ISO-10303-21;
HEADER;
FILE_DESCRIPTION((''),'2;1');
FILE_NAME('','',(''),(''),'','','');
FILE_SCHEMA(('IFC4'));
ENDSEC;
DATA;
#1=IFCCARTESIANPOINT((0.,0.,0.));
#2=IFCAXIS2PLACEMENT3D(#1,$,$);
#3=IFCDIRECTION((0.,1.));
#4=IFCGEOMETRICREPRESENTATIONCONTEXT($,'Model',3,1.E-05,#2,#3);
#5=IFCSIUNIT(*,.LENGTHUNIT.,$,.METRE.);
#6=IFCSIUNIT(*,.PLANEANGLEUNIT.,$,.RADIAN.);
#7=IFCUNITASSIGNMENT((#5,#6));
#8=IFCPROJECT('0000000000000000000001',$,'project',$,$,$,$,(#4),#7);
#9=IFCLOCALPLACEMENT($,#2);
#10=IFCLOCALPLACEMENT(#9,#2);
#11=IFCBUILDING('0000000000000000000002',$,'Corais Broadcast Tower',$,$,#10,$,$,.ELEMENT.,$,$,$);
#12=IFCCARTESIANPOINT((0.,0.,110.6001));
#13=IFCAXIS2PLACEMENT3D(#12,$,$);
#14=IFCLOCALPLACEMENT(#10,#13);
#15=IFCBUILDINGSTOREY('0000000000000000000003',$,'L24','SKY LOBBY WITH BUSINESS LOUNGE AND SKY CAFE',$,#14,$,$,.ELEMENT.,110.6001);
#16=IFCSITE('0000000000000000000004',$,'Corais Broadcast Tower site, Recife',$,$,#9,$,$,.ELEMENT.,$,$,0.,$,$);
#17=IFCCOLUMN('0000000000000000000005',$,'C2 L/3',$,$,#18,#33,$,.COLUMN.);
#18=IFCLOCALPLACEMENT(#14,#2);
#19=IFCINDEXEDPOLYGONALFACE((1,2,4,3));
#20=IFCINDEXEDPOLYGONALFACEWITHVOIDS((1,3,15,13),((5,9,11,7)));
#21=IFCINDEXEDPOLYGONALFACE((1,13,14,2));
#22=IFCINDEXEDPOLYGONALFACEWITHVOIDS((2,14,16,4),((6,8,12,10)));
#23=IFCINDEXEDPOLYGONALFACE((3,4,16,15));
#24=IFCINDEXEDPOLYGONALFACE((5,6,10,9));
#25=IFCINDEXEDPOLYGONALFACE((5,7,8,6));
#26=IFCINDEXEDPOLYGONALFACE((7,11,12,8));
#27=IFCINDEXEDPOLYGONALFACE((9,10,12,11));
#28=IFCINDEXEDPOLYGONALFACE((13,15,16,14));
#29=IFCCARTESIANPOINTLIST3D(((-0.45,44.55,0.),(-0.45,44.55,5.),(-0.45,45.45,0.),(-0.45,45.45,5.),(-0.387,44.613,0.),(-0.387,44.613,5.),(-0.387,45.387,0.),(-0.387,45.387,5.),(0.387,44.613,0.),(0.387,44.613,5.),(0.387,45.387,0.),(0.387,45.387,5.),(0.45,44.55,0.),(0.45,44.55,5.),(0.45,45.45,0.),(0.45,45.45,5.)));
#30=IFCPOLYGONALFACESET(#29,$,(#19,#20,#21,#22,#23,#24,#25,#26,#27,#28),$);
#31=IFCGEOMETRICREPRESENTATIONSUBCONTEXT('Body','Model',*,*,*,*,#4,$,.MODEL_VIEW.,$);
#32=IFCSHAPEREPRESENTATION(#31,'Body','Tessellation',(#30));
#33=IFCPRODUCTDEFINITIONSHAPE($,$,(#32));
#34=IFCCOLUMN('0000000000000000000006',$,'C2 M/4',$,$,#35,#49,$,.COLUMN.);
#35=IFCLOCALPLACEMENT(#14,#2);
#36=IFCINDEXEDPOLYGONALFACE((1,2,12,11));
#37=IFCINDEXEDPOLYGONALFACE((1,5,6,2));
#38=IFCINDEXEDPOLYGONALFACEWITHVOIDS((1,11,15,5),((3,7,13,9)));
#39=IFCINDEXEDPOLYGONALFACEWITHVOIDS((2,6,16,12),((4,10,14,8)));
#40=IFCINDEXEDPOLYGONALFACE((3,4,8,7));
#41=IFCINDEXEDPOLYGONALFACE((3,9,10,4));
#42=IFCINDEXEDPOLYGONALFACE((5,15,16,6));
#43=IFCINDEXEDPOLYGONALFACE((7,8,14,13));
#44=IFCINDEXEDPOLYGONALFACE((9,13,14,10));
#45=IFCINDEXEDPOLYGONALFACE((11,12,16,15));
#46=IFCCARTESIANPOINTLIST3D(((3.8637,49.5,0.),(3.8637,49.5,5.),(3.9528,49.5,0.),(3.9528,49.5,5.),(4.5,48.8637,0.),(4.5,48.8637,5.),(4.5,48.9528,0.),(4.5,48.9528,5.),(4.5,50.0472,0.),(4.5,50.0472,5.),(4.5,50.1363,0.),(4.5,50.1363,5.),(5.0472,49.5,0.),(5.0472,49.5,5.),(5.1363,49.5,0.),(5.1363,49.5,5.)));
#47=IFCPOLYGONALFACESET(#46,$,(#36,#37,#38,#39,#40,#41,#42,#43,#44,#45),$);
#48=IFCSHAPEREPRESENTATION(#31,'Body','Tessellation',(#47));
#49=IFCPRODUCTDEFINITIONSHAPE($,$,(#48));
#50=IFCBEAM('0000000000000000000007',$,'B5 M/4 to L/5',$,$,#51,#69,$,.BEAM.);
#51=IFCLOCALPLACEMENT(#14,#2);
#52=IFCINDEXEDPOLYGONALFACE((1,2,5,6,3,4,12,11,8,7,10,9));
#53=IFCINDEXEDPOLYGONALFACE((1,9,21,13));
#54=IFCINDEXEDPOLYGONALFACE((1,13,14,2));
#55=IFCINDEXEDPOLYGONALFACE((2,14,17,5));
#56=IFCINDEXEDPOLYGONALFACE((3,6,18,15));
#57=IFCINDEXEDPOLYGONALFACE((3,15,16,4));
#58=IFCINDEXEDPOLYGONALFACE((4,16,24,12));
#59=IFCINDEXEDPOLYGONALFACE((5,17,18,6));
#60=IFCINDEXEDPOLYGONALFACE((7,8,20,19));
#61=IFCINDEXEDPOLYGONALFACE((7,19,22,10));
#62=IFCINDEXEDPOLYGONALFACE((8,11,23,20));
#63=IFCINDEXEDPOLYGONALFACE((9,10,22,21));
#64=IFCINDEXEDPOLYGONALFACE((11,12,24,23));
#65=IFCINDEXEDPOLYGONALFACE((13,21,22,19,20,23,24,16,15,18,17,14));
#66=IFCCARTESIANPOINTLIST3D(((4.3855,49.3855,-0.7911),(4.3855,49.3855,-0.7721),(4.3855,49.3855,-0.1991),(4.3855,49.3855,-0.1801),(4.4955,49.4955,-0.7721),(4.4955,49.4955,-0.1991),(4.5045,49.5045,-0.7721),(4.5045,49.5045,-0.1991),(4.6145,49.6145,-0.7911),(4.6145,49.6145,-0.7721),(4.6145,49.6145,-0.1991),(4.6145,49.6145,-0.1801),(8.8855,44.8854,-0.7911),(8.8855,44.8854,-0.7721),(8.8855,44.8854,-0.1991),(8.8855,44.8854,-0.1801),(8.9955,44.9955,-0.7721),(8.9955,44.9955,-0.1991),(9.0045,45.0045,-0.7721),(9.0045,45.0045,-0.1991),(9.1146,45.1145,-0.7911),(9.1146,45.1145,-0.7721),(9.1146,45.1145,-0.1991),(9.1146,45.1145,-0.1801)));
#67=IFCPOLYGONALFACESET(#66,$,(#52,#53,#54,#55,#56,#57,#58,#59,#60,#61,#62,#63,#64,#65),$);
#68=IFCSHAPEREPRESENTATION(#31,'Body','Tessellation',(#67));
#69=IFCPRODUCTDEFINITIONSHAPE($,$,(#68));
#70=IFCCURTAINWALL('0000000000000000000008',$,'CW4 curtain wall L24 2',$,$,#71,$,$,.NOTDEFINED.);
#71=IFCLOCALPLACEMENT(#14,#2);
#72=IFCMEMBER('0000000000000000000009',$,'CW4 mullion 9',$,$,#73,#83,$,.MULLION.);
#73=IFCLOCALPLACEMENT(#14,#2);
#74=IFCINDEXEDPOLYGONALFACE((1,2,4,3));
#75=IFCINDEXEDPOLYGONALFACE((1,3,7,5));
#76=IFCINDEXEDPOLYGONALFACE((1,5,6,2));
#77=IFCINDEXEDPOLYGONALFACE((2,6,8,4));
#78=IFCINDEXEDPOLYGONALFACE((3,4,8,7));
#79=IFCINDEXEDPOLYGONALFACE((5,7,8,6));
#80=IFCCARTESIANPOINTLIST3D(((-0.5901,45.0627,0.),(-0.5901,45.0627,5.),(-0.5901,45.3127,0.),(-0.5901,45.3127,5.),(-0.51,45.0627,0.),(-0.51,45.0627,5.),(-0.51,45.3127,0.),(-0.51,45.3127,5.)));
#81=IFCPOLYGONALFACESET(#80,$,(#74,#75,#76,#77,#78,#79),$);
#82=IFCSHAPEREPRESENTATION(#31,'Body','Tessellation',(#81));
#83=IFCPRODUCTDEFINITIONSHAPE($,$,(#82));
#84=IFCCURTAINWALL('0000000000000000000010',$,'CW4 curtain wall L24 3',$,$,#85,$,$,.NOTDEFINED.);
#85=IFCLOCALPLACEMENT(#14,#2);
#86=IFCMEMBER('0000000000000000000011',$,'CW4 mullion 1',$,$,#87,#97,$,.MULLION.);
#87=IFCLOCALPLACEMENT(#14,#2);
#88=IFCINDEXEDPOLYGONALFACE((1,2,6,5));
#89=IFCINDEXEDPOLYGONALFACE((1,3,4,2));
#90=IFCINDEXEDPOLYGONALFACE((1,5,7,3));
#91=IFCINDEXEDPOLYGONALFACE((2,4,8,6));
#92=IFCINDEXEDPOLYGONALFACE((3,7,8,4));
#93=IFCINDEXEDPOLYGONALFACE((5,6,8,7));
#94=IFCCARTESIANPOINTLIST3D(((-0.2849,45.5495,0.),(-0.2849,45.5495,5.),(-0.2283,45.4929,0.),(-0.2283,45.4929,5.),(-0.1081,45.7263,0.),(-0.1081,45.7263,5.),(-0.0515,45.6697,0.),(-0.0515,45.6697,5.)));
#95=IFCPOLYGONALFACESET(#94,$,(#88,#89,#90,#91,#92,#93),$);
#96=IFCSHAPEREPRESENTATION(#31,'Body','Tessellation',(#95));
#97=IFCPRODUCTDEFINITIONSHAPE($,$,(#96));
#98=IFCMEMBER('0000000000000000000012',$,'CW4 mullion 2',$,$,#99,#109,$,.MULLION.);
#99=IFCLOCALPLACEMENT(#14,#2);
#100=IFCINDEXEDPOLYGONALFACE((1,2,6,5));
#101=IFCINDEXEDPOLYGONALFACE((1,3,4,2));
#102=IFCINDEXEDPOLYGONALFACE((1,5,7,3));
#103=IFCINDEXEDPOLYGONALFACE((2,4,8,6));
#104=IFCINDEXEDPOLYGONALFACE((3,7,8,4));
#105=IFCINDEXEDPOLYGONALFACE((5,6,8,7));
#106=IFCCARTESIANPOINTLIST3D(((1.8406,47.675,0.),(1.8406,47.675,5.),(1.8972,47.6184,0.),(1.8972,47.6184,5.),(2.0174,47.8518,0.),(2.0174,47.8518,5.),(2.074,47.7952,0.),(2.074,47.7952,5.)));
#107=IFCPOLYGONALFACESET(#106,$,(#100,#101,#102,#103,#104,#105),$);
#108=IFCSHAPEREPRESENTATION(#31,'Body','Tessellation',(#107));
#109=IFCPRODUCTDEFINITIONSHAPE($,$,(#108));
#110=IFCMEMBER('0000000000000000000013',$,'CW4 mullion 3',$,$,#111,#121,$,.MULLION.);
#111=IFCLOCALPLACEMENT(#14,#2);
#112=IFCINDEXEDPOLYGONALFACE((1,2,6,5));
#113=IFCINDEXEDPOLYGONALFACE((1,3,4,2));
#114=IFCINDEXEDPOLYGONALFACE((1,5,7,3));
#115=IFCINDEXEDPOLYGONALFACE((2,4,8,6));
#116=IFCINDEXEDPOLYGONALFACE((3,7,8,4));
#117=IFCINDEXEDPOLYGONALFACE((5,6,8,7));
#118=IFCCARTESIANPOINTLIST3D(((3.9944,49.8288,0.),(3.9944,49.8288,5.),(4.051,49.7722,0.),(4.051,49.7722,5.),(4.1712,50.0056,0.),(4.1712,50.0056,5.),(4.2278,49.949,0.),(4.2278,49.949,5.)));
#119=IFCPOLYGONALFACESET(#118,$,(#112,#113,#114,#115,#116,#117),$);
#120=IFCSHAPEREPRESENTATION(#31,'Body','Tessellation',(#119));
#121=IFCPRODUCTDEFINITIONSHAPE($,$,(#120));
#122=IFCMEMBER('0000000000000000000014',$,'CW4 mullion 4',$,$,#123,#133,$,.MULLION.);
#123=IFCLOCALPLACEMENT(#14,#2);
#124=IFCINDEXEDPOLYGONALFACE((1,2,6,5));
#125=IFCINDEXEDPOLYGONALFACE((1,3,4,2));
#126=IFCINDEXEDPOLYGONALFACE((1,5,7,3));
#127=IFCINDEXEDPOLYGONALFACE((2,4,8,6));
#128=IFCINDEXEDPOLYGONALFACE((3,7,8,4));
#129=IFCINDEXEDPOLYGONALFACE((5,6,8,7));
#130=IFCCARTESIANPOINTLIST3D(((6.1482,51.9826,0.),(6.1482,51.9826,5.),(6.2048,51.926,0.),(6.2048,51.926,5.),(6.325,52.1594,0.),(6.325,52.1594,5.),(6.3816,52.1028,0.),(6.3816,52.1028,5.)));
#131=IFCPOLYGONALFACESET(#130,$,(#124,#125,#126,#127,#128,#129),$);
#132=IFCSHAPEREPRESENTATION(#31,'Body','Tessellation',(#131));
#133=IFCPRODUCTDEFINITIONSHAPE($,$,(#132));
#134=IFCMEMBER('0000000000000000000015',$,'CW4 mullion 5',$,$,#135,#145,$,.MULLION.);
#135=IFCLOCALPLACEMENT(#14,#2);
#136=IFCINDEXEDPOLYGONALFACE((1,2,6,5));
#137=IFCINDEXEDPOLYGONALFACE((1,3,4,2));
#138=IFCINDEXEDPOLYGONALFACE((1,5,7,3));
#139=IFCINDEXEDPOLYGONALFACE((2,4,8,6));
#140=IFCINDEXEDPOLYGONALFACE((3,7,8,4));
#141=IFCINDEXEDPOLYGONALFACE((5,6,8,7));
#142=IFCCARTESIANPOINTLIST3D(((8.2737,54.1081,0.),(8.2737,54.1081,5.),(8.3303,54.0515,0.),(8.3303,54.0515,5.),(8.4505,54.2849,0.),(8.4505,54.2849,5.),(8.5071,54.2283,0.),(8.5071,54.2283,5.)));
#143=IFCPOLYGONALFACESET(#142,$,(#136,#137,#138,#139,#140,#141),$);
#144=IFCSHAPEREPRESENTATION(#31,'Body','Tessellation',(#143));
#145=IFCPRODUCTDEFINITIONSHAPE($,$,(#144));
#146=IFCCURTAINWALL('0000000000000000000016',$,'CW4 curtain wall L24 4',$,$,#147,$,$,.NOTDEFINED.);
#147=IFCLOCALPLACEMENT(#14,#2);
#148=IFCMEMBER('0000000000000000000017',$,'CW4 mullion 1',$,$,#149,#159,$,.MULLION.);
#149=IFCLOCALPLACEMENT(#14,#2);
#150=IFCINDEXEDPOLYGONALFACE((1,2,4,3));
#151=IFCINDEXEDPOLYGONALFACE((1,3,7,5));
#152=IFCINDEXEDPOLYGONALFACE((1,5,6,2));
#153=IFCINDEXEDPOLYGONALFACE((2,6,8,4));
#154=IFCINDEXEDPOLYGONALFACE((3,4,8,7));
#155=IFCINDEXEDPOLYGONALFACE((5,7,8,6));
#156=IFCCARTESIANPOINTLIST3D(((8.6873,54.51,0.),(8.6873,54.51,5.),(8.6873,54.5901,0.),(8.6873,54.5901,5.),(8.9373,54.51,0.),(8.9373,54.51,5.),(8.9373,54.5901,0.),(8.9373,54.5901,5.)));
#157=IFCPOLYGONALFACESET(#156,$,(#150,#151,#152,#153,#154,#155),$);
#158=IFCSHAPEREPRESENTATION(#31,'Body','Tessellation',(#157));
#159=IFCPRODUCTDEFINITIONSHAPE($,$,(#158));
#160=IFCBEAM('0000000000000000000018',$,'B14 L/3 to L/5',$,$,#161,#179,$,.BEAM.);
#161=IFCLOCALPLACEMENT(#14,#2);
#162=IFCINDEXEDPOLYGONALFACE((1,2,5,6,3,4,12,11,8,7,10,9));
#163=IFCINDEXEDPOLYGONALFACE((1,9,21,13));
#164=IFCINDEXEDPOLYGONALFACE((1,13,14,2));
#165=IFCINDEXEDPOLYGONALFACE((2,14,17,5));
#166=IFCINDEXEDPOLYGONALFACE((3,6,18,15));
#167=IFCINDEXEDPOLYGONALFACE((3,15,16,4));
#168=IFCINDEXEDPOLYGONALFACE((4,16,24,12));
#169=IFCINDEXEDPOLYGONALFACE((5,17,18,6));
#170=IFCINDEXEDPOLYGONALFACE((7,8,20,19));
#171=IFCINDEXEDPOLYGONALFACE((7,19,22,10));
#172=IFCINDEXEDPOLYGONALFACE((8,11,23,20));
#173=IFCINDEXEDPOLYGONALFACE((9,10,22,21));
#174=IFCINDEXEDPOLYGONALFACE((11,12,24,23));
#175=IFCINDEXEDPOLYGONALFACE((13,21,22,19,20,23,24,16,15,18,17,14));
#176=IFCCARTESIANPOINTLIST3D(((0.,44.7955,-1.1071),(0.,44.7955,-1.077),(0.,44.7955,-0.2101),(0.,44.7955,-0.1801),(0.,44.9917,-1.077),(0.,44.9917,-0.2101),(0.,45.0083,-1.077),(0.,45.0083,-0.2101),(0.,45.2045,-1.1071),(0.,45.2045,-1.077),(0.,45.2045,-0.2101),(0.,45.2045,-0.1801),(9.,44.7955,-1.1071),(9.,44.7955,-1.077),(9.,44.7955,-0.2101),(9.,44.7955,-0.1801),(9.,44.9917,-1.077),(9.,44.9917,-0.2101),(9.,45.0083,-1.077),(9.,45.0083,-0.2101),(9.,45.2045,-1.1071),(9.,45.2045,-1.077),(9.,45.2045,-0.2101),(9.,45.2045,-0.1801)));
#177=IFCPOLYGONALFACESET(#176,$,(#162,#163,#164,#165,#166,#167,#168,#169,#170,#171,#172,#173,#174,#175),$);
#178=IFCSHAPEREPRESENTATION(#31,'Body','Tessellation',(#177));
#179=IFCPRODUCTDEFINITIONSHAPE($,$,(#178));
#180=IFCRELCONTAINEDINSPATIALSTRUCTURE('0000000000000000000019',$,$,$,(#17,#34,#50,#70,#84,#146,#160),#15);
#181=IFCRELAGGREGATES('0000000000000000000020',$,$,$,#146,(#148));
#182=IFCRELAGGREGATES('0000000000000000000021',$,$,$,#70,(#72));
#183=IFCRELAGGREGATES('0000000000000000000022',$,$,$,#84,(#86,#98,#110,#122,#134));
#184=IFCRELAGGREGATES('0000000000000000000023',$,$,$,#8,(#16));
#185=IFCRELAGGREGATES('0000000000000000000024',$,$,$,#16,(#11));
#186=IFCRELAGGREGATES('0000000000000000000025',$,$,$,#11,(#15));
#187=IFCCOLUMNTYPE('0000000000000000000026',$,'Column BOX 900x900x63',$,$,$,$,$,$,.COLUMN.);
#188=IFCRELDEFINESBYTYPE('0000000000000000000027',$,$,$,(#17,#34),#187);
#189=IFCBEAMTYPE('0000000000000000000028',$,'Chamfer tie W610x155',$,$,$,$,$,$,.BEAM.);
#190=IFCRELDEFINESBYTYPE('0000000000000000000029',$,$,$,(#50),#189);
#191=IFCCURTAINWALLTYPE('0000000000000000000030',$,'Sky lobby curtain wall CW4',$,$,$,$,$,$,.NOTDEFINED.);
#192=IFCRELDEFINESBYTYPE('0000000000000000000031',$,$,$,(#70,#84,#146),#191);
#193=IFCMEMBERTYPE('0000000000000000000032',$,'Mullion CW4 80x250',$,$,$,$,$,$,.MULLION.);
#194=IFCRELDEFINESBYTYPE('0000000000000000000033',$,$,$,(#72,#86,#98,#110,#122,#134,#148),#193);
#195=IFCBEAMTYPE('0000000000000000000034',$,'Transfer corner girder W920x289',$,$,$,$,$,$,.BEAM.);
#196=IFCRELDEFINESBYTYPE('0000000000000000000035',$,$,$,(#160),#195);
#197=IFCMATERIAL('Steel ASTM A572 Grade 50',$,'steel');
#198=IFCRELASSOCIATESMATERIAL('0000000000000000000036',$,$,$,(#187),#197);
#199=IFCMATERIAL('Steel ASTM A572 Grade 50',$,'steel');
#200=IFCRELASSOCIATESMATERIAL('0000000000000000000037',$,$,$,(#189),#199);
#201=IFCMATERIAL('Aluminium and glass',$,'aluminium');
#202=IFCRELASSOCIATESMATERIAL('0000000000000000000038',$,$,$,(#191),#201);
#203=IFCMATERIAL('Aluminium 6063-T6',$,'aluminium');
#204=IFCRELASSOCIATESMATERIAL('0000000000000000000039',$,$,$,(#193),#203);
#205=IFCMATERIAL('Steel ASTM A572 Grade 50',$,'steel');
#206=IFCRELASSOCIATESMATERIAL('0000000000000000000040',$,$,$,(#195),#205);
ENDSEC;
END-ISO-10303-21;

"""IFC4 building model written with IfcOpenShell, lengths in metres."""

from ifc_helpers import new_model, si_unit, direction, frame, origin, origin_2d, place, context, subcontext, project, spatial, rectangle, hollow_rectangle, i_section, extrude, material, material_profile, profile_set, type_object, element, aggregate, save


model = new_model("IFC4")

# Units and contexts
model_context = context("Model", 3, precision=1e-05, world=origin(), true_north=direction((0.0, 1.0)))
body_context = subcontext(model_context, "Body", "Model", "MODEL_VIEW")
ifc_project = project(units=[si_unit("LENGTHUNIT", "METRE"), si_unit("PLANEANGLEUNIT", "RADIAN")], contexts=[model_context])

# Site, building, storey
site_placement = place(None, origin())
site = spatial("IfcSite", under=ifc_project, at=site_placement, Name="Corais Broadcast Tower site, Recife", CompositionType="ELEMENT", RefElevation=0.0)
building_placement = place(site_placement, origin())
building = spatial("IfcBuilding", under=site, at=building_placement, Name="Corais Broadcast Tower", CompositionType="ELEMENT")
storey_placement = place(building_placement, frame((0.0, 0.0, 110.6001)))
storey = spatial("IfcBuildingStorey", under=building, at=storey_placement, Name="L24", Description="SKY LOBBY WITH BUSINESS LOUNGE AND SKY CAFE", CompositionType="ELEMENT", Elevation=110.6001)

# Columns
ifc_material_1 = material(Name="Steel ASTM A572 Grade 50", Category="steel")
ifc_material_profile_1 = material_profile(ifc_material_1, hollow_rectangle(XDim=0.8999, YDim=0.8999, WallThickness=0.063, at=origin_2d()), Name="BOX 900x900x63")
ifc_profile_set_1 = profile_set([ifc_material_profile_1], Name="Steel ASTM A572 Grade 50")
column_type = type_object("IfcColumnType", Name="Column BOX 900x900x63", PredefinedType="COLUMN", material=ifc_profile_set_1)
for number, where, z_axis, x_axis, name in (
    (1, (0.0, 45.0, 0.0), (0.0, 0.0, 1.0), (1.0, 0.0, 0.0), "C2 L/3"),
    (2, (4.5, 49.5, 0.0), (0.0, 0.0, 1.0), (0.707107, 0.707107, 0.0), "C2 M/4"),
):
    element("IfcColumn", number, at=place(storey_placement, frame(where, z_axis=z_axis, x_axis=x_axis)), inside=storey, type_object=column_type, Name=name, PredefinedType="COLUMN", context=body_context, shape_type="SweptSolid", body=[
        extrude(hollow_rectangle(XDim=0.8999, YDim=0.8999, WallThickness=0.063, at=origin_2d()), origin(), (0.0, 0.0, 1.0), 5.0),
    ])

# Beam
ifc_material_2 = material(Name="Steel ASTM A572 Grade 50", Category="steel")
ifc_material_profile_2 = material_profile(ifc_material_2, i_section(OverallWidth=0.324, OverallDepth=0.6111, WebThickness=0.0127, FlangeThickness=0.019, at=origin_2d()), Name="W610x155")
ifc_profile_set_2 = profile_set([ifc_material_profile_2], Name="Steel ASTM A572 Grade 50")
beam_type_1 = type_object("IfcBeamType", Name="Chamfer tie W610x155", PredefinedType="BEAM", material=ifc_profile_set_2)
beam_1_placement = place(storey_placement, frame((4.5, 49.5, -0.4856), z_axis=(0.707107, -0.707107, 0.0), x_axis=(0.707107, 0.707107, 0.0)))
element("IfcBeam", 3, at=beam_1_placement, inside=storey, type_object=beam_type_1, Name="B5 M/4 to L/5", PredefinedType="BEAM", context=body_context, shape_type="SweptSolid", body=[
    extrude(i_section(OverallWidth=0.324, OverallDepth=0.6111, WebThickness=0.0127, FlangeThickness=0.019, at=origin_2d()), origin(), (0.0, 0.0, 1.0), 6.364),
])

# Curtain wall, member
ifc_material_3 = material(Name="Aluminium and glass", Category="aluminium")
curtain_wall_type = type_object("IfcCurtainWallType", Name="Sky lobby curtain wall CW4", PredefinedType="NOTDEFINED", material=ifc_material_3)
curtain_wall_1_placement = place(storey_placement, origin())
curtain_wall_1 = element("IfcCurtainWall", 4, at=curtain_wall_1_placement, inside=storey, type_object=curtain_wall_type, Name="CW4 curtain wall L24 2", PredefinedType="NOTDEFINED")
ifc_material_4 = material(Name="Aluminium 6063-T6", Category="aluminium")
ifc_material_profile_3 = material_profile(ifc_material_4, rectangle(XDim=0.0801, YDim=0.25, at=origin_2d()), Name="Mullion CW4 80x250")
ifc_profile_set_3 = profile_set([ifc_material_profile_3], Name="Aluminium 6063-T6")
member_type_1 = type_object("IfcMemberType", Name="Mullion CW4 80x250", PredefinedType="MULLION", material=ifc_profile_set_3)
member_1_placement = place(storey_placement, frame((-0.55, 45.1877, 0.0), z_axis=(0.0, 0.0, 1.0), x_axis=(-1.0, 0.0, 0.0)))
member_1 = element("IfcMember", 5, at=member_1_placement, type_object=member_type_1, Name="CW4 mullion 9", PredefinedType="MULLION", context=body_context, shape_type="SweptSolid", body=[
    extrude(rectangle(XDim=0.0801, YDim=0.25, at=origin_2d()), origin(), (0.0, 0.0, 1.0), 5.0),
])

# Curtain wall, members
curtain_wall_2_placement = place(storey_placement, origin())
curtain_wall_2 = element("IfcCurtainWall", 6, at=curtain_wall_2_placement, inside=storey, type_object=curtain_wall_type, Name="CW4 curtain wall L24 3", PredefinedType="NOTDEFINED")
member_2_placement = place(storey_placement, frame((-0.1682, 45.6096, 0.0), z_axis=(0.0, 0.0, 1.0), x_axis=(-0.707107, 0.707107, 0.0)))
member_2 = element("IfcMember", 7, at=member_2_placement, type_object=member_type_1, Name="CW4 mullion 1", PredefinedType="MULLION", context=body_context, shape_type="SweptSolid", body=[
    extrude(rectangle(XDim=0.0801, YDim=0.25, at=origin_2d()), origin(), (0.0, 0.0, 1.0), 5.0),
])
member_3_placement = place(storey_placement, frame((1.9573, 47.7351, 0.0), z_axis=(0.0, 0.0, 1.0), x_axis=(-0.707107, 0.707107, 0.0)))
member_3 = element("IfcMember", 8, at=member_3_placement, type_object=member_type_1, Name="CW4 mullion 2", PredefinedType="MULLION", context=body_context, shape_type="SweptSolid", body=[
    extrude(rectangle(XDim=0.0801, YDim=0.25, at=origin_2d()), origin(), (0.0, 0.0, 1.0), 5.0),
])
member_4_placement = place(storey_placement, frame((4.1111, 49.8889, 0.0), z_axis=(0.0, 0.0, 1.0), x_axis=(-0.707107, 0.707107, 0.0)))
member_4 = element("IfcMember", 9, at=member_4_placement, type_object=member_type_1, Name="CW4 mullion 3", PredefinedType="MULLION", context=body_context, shape_type="SweptSolid", body=[
    extrude(rectangle(XDim=0.0801, YDim=0.25, at=origin_2d()), origin(), (0.0, 0.0, 1.0), 5.0),
])
member_5_placement = place(storey_placement, frame((6.2649, 52.0427, 0.0), z_axis=(0.0, 0.0, 1.0), x_axis=(-0.707107, 0.707107, 0.0)))
member_5 = element("IfcMember", 10, at=member_5_placement, type_object=member_type_1, Name="CW4 mullion 4", PredefinedType="MULLION", context=body_context, shape_type="SweptSolid", body=[
    extrude(rectangle(XDim=0.0801, YDim=0.25, at=origin_2d()), origin(), (0.0, 0.0, 1.0), 5.0),
])
member_6_placement = place(storey_placement, frame((8.3904, 54.1682, 0.0), z_axis=(0.0, 0.0, 1.0), x_axis=(-0.707107, 0.707107, 0.0)))
member_6 = element("IfcMember", 11, at=member_6_placement, type_object=member_type_1, Name="CW4 mullion 5", PredefinedType="MULLION", context=body_context, shape_type="SweptSolid", body=[
    extrude(rectangle(XDim=0.0801, YDim=0.25, at=origin_2d()), origin(), (0.0, 0.0, 1.0), 5.0),
])

# Curtain wall, member
curtain_wall_3_placement = place(storey_placement, origin())
curtain_wall_3 = element("IfcCurtainWall", 12, at=curtain_wall_3_placement, inside=storey, type_object=curtain_wall_type, Name="CW4 curtain wall L24 4", PredefinedType="NOTDEFINED")
member_7_placement = place(storey_placement, frame((8.8123, 54.55, 0.0), z_axis=(0.0, 0.0, 1.0), x_axis=(0.0, 1.0, 0.0)))
member_7 = element("IfcMember", 13, at=member_7_placement, type_object=member_type_1, Name="CW4 mullion 1", PredefinedType="MULLION", context=body_context, shape_type="SweptSolid", body=[
    extrude(rectangle(XDim=0.0801, YDim=0.25, at=origin_2d()), origin(), (0.0, 0.0, 1.0), 5.0),
])

# Beam
ifc_material_5 = material(Name="Steel ASTM A572 Grade 50", Category="steel")
ifc_material_profile_4 = material_profile(ifc_material_5, i_section(OverallWidth=0.4089, OverallDepth=0.927, WebThickness=0.0166, FlangeThickness=0.03, at=origin_2d()), Name="W920x289")
ifc_profile_set_4 = profile_set([ifc_material_profile_4], Name="Steel ASTM A572 Grade 50")
beam_type_2 = type_object("IfcBeamType", Name="Transfer corner girder W920x289", PredefinedType="BEAM", material=ifc_profile_set_4)
beam_2_placement = place(storey_placement, frame((0.0, 45.0, -0.6436), z_axis=(1.0, 0.0, 0.0), x_axis=(0.0, 1.0, 0.0)))
element("IfcBeam", 14, at=beam_2_placement, inside=storey, type_object=beam_type_2, Name="B14 L/3 to L/5", PredefinedType="BEAM", context=body_context, shape_type="SweptSolid", body=[
    extrude(i_section(OverallWidth=0.4089, OverallDepth=0.927, WebThickness=0.0166, FlangeThickness=0.03, at=origin_2d()), origin(), (0.0, 0.0, 1.0), 9.0),
])

aggregate(curtain_wall_3, [member_7])

aggregate(curtain_wall_1, [member_1])
aggregate(curtain_wall_2, [member_2, member_3, member_4, member_5, member_6])

save(model, "model.ifc")
